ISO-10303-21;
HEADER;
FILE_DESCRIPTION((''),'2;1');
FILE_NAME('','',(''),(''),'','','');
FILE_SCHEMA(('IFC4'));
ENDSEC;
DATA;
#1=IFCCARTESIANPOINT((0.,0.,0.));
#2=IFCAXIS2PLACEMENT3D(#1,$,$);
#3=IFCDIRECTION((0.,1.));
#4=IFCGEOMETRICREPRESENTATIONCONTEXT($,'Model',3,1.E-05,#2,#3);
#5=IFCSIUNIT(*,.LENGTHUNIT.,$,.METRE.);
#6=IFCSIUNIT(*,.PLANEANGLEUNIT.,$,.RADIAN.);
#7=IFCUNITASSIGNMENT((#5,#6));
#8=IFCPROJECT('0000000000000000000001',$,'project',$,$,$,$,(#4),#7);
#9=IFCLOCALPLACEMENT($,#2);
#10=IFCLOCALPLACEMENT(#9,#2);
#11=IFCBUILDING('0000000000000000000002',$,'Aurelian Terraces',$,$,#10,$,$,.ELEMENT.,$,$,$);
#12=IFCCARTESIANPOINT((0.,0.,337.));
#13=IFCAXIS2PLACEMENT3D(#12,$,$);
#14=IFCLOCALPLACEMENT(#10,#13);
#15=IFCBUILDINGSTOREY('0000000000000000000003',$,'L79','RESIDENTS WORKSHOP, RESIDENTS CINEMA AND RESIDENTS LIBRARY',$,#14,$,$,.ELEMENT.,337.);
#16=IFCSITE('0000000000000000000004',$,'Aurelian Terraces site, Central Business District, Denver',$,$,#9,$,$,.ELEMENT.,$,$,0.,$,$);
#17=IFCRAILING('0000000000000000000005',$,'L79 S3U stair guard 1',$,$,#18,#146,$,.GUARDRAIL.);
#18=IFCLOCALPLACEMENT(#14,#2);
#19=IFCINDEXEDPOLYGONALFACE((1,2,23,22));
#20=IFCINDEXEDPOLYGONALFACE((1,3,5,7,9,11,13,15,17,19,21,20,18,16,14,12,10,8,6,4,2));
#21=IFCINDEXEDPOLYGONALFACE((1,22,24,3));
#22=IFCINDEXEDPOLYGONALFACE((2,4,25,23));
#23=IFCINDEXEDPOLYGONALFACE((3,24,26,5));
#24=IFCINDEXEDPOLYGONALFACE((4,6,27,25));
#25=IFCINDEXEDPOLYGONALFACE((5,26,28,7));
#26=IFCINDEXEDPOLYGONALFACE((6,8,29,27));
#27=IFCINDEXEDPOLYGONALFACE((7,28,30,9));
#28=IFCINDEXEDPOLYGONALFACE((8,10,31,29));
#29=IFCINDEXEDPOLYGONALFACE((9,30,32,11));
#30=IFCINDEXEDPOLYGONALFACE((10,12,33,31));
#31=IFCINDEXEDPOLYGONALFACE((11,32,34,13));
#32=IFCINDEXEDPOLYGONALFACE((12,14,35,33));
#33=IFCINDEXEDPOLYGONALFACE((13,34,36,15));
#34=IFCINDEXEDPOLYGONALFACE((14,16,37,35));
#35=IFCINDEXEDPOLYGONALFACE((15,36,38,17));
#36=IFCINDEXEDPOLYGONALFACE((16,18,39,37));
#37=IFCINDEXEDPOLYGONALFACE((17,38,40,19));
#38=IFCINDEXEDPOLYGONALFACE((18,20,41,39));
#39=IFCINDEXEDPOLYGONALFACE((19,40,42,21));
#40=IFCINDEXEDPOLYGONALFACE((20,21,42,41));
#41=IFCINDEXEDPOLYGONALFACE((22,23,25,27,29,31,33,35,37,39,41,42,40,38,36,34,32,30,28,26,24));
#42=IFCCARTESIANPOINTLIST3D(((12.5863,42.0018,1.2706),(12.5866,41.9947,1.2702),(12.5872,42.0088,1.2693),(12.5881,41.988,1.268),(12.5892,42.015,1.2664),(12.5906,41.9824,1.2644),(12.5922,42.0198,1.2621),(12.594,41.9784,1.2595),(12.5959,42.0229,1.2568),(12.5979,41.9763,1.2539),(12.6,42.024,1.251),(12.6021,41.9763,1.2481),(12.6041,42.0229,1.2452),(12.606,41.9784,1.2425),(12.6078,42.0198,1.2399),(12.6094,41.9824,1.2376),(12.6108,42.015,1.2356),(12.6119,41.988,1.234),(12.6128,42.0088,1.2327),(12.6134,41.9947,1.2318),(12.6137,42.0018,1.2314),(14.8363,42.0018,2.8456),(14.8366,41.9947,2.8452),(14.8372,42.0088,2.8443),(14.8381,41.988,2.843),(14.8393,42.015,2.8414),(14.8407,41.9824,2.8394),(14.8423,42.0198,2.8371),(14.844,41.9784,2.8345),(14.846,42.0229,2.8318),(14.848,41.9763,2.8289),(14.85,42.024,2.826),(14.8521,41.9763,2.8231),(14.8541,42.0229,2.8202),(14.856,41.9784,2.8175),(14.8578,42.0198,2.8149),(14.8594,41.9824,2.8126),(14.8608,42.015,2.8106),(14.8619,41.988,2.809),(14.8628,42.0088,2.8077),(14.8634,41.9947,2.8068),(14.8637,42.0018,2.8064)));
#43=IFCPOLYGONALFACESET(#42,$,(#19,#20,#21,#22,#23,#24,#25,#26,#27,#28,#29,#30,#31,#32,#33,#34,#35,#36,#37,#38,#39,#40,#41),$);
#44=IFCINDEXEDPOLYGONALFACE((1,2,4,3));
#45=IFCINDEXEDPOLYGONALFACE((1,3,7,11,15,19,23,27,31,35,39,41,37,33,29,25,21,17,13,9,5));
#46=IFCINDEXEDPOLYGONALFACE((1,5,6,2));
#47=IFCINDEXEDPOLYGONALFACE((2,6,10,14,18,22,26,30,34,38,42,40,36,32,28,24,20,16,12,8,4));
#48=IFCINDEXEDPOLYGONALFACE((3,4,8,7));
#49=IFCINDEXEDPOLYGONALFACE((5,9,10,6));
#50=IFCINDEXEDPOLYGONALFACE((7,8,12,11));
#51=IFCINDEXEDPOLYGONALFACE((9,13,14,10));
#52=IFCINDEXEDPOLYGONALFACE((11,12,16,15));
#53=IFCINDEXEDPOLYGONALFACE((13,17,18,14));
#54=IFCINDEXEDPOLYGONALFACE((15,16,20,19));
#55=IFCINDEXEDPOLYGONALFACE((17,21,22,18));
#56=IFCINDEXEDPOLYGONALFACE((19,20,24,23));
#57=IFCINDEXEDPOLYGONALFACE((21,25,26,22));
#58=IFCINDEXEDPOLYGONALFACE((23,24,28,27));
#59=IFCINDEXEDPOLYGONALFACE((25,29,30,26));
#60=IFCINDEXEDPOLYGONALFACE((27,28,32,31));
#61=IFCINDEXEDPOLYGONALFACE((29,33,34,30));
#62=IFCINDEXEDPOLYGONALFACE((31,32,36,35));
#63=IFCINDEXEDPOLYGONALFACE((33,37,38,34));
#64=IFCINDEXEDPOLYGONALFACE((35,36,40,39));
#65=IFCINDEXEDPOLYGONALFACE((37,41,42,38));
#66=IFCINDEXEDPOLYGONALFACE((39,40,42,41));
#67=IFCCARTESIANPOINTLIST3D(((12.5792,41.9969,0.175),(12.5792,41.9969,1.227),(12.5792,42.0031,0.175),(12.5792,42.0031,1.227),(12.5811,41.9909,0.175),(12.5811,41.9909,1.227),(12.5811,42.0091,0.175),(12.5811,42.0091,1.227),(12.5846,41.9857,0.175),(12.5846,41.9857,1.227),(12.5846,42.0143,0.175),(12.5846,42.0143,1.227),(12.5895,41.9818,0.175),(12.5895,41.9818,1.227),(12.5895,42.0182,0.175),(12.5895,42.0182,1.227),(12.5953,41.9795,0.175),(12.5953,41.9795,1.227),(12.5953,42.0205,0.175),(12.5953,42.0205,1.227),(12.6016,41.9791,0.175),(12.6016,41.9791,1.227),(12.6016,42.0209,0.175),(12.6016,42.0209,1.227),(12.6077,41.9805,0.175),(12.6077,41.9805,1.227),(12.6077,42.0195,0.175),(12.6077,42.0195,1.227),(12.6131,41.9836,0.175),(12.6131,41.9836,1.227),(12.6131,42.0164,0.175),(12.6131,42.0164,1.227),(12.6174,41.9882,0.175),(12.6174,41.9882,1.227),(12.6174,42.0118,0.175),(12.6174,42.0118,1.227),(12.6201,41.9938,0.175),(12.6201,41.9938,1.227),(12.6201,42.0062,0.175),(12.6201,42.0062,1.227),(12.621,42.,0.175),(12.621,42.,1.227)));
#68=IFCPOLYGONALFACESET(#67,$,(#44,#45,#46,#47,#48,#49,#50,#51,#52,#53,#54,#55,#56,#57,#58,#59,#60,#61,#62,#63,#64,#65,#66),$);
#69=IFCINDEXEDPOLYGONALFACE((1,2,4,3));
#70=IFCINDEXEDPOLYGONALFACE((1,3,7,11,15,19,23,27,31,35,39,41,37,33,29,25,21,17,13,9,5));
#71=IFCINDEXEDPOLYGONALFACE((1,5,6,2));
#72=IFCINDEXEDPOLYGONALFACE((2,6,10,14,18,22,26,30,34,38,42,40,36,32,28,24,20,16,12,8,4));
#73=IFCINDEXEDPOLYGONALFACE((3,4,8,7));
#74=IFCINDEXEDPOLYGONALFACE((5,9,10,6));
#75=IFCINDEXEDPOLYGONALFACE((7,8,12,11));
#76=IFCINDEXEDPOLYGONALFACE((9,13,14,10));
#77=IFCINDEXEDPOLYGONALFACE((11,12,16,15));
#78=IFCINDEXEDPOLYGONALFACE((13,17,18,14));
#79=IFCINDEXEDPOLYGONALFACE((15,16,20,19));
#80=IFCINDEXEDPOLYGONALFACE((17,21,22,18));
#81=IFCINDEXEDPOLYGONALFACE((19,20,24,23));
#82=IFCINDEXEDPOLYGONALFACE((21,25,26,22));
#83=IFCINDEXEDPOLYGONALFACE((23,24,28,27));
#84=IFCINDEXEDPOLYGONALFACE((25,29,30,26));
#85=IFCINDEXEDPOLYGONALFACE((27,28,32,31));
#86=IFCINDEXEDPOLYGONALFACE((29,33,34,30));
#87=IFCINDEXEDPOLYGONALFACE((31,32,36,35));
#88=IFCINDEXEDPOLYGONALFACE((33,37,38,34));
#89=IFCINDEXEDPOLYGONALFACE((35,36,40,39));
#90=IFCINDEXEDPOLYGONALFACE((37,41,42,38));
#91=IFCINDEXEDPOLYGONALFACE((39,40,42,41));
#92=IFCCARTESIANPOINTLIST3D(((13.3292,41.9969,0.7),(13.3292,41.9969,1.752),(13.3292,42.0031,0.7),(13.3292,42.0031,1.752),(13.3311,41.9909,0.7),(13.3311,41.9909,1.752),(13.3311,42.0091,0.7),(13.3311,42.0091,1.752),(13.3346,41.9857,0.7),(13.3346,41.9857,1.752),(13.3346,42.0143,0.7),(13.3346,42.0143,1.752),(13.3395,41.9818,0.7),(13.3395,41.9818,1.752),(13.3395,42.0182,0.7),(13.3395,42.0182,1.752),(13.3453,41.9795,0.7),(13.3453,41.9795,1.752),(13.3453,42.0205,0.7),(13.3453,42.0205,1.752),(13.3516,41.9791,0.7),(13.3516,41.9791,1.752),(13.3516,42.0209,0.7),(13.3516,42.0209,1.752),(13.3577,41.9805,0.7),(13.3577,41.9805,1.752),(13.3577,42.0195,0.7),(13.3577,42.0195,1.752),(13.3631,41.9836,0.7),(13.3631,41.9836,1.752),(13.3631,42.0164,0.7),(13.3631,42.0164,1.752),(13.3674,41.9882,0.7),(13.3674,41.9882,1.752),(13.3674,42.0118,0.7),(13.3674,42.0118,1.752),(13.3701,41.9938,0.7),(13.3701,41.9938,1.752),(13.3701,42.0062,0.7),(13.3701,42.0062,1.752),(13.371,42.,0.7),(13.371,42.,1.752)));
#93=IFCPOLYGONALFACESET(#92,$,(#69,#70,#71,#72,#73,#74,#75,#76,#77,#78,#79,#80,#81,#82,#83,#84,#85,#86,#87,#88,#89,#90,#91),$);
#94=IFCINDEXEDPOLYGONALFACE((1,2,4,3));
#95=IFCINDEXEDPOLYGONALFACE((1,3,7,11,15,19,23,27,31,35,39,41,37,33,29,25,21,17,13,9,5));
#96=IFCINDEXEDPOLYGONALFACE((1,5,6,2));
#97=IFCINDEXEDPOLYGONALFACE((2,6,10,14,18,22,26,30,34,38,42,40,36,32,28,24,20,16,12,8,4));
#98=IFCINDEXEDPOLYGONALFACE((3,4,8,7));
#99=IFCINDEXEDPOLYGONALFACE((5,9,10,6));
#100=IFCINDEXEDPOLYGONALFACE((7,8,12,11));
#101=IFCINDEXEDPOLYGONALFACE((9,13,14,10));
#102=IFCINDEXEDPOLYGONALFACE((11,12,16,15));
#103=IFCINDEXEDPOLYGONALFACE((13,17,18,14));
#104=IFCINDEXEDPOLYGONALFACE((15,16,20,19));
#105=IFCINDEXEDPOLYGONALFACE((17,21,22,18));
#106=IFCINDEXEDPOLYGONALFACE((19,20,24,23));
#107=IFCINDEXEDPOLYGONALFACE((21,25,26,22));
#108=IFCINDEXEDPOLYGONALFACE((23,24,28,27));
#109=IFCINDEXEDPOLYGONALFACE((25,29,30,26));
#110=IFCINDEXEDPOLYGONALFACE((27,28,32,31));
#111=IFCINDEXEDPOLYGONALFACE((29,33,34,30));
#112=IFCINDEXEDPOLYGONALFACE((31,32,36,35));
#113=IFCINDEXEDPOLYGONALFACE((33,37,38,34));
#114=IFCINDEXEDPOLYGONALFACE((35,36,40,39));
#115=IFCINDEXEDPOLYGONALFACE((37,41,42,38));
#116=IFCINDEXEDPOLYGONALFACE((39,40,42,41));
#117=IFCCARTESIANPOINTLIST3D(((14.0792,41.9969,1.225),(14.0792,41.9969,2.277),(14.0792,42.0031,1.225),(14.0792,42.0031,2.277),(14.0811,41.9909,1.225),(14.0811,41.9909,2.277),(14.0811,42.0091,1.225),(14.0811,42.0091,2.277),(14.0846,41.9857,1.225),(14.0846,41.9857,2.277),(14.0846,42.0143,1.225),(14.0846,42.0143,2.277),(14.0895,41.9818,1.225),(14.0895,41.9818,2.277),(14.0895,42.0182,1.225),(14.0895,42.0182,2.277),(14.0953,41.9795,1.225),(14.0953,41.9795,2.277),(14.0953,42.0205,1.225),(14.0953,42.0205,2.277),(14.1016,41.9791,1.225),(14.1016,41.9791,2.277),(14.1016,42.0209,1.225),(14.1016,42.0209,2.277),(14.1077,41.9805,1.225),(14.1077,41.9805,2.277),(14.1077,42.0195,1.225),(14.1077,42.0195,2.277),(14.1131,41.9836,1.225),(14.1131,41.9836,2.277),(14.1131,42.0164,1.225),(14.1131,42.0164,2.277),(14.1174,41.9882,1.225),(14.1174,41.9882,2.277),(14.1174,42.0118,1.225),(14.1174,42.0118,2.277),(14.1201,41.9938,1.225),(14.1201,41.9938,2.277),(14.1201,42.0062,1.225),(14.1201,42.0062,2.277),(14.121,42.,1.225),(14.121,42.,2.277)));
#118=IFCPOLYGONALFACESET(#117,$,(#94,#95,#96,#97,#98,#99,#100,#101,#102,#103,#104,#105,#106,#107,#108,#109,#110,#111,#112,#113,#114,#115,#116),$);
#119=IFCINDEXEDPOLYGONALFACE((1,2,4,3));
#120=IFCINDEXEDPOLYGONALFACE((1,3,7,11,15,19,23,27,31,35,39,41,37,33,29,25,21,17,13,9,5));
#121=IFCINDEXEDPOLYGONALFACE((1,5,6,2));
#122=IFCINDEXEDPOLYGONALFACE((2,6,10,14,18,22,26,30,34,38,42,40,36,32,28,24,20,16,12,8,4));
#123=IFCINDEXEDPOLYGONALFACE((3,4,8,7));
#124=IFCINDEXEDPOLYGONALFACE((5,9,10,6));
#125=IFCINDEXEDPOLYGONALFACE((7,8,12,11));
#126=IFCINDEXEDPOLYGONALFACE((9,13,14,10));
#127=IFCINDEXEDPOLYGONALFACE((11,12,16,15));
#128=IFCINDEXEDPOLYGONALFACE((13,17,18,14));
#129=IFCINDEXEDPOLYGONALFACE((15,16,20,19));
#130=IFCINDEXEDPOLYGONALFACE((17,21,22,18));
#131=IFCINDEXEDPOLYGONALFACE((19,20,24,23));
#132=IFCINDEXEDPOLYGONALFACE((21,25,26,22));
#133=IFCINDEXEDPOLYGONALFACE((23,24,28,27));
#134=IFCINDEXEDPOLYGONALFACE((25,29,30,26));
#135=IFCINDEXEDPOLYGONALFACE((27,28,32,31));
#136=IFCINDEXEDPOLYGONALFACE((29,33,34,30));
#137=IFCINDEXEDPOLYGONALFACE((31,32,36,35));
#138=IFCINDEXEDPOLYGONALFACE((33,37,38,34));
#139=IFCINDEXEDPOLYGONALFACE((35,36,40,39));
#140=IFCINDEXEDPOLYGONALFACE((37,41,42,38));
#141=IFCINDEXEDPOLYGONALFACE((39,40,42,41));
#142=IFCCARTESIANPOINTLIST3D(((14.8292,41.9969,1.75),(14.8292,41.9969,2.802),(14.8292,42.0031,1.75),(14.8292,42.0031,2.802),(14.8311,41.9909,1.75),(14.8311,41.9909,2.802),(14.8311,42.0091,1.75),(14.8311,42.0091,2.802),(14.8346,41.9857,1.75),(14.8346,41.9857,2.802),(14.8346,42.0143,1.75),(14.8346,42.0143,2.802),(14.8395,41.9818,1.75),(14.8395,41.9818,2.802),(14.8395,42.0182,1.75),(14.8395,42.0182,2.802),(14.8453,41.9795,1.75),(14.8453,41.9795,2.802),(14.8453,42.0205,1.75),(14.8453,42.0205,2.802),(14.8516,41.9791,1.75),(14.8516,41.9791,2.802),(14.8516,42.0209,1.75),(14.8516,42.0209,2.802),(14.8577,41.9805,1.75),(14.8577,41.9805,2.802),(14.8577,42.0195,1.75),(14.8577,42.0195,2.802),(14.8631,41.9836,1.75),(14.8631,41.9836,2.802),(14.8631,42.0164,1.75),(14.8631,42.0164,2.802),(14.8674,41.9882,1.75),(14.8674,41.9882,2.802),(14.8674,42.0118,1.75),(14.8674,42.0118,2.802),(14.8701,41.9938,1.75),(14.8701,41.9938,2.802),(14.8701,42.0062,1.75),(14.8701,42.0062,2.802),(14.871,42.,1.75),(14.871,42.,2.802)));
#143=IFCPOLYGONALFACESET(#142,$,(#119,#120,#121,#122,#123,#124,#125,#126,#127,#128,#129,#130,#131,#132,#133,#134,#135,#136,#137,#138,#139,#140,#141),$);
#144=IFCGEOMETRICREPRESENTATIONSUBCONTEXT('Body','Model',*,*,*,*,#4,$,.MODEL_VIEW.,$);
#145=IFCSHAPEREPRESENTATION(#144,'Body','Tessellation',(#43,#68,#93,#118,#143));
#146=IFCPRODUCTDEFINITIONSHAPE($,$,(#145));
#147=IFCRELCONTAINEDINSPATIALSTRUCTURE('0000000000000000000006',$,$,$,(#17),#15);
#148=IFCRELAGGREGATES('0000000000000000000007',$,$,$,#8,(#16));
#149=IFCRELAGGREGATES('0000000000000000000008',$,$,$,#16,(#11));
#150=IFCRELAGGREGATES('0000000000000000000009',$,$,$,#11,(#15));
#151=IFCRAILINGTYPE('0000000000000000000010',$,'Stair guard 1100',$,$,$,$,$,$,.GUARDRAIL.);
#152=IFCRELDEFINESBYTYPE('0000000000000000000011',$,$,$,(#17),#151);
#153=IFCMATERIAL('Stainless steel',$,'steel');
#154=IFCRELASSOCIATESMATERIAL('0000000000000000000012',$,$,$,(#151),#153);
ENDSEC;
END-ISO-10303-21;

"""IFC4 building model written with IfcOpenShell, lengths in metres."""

from ifc_helpers import new_model, si_unit, direction, frame, origin, origin_2d, place, context, subcontext, project, spatial, circle, extrude, source, transform, mapped, material, type_object, element, save


model = new_model("IFC4")

# Units and contexts
model_context = context("Model", 3, precision=1e-05, world=origin(), true_north=direction((0.0, 1.0)))
body_context = subcontext(model_context, "Body", "Model", "MODEL_VIEW")
ifc_project = project(units=[si_unit("LENGTHUNIT", "METRE"), si_unit("PLANEANGLEUNIT", "RADIAN")], contexts=[model_context])

# Site, building, storey
site_placement = place(None, origin())
site = spatial("IfcSite", under=ifc_project, at=site_placement, Name="Aurelian Terraces site, Central Business District, Denver", CompositionType="ELEMENT", RefElevation=0.0)
building_placement = place(site_placement, origin())
building = spatial("IfcBuilding", under=site, at=building_placement, Name="Aurelian Terraces", CompositionType="ELEMENT")
storey_placement = place(building_placement, frame((0.0, 0.0, 337.0)))
storey = spatial("IfcBuildingStorey", under=building, at=storey_placement, Name="L79", Description="RESIDENTS WORKSHOP, RESIDENTS CINEMA AND RESIDENTS LIBRARY", CompositionType="ELEMENT", Elevation=337.0)

# Railing
ifc_material_1 = material(Name="Stainless steel", Category="steel")
railing_type_1 = type_object("IfcRailingType", Name="Stair guard 1100", PredefinedType="GUARDRAIL", material=ifc_material_1)
shared_shape_1 = source(origin(), body_context, "Body", "SweptSolid", [
    extrude(circle(Radius=0.024, at=origin_2d()), frame((0.0, 0.0, 1.076), z_axis=(0.819232, 0.0, 0.573462), x_axis=(0.0, 1.0, 0.0)), (0.0, 0.0, 1.0), 2.7465),
    extrude(circle(Radius=0.021, at=origin_2d()), origin(), (0.0, 0.0, 1.0), 1.052),
    extrude(circle(Radius=0.021, at=origin_2d()), frame((0.75, 0.0, 0.525)), (0.0, 0.0, 1.0), 1.052),
    extrude(circle(Radius=0.021, at=origin_2d()), frame((1.5, 0.0, 1.05)), (0.0, 0.0, 1.0), 1.052),
    extrude(circle(Radius=0.021, at=origin_2d()), frame((2.25, 0.0, 1.575)), (0.0, 0.0, 1.0), 1.052),
])
railing_1_placement = place(storey_placement, frame((12.6, 42.0, 0.175)))
element("IfcRailing", 1, at=railing_1_placement, inside=storey, type_object=railing_type_1, Name="L79 S3U stair guard 1", PredefinedType="GUARDRAIL", context=body_context, shape_type="MappedRepresentation", body=[
    mapped(shared_shape_1, transform((0.0, 0.0, 0.0), scale=1.0)),
])

save(model, "model.ifc")
